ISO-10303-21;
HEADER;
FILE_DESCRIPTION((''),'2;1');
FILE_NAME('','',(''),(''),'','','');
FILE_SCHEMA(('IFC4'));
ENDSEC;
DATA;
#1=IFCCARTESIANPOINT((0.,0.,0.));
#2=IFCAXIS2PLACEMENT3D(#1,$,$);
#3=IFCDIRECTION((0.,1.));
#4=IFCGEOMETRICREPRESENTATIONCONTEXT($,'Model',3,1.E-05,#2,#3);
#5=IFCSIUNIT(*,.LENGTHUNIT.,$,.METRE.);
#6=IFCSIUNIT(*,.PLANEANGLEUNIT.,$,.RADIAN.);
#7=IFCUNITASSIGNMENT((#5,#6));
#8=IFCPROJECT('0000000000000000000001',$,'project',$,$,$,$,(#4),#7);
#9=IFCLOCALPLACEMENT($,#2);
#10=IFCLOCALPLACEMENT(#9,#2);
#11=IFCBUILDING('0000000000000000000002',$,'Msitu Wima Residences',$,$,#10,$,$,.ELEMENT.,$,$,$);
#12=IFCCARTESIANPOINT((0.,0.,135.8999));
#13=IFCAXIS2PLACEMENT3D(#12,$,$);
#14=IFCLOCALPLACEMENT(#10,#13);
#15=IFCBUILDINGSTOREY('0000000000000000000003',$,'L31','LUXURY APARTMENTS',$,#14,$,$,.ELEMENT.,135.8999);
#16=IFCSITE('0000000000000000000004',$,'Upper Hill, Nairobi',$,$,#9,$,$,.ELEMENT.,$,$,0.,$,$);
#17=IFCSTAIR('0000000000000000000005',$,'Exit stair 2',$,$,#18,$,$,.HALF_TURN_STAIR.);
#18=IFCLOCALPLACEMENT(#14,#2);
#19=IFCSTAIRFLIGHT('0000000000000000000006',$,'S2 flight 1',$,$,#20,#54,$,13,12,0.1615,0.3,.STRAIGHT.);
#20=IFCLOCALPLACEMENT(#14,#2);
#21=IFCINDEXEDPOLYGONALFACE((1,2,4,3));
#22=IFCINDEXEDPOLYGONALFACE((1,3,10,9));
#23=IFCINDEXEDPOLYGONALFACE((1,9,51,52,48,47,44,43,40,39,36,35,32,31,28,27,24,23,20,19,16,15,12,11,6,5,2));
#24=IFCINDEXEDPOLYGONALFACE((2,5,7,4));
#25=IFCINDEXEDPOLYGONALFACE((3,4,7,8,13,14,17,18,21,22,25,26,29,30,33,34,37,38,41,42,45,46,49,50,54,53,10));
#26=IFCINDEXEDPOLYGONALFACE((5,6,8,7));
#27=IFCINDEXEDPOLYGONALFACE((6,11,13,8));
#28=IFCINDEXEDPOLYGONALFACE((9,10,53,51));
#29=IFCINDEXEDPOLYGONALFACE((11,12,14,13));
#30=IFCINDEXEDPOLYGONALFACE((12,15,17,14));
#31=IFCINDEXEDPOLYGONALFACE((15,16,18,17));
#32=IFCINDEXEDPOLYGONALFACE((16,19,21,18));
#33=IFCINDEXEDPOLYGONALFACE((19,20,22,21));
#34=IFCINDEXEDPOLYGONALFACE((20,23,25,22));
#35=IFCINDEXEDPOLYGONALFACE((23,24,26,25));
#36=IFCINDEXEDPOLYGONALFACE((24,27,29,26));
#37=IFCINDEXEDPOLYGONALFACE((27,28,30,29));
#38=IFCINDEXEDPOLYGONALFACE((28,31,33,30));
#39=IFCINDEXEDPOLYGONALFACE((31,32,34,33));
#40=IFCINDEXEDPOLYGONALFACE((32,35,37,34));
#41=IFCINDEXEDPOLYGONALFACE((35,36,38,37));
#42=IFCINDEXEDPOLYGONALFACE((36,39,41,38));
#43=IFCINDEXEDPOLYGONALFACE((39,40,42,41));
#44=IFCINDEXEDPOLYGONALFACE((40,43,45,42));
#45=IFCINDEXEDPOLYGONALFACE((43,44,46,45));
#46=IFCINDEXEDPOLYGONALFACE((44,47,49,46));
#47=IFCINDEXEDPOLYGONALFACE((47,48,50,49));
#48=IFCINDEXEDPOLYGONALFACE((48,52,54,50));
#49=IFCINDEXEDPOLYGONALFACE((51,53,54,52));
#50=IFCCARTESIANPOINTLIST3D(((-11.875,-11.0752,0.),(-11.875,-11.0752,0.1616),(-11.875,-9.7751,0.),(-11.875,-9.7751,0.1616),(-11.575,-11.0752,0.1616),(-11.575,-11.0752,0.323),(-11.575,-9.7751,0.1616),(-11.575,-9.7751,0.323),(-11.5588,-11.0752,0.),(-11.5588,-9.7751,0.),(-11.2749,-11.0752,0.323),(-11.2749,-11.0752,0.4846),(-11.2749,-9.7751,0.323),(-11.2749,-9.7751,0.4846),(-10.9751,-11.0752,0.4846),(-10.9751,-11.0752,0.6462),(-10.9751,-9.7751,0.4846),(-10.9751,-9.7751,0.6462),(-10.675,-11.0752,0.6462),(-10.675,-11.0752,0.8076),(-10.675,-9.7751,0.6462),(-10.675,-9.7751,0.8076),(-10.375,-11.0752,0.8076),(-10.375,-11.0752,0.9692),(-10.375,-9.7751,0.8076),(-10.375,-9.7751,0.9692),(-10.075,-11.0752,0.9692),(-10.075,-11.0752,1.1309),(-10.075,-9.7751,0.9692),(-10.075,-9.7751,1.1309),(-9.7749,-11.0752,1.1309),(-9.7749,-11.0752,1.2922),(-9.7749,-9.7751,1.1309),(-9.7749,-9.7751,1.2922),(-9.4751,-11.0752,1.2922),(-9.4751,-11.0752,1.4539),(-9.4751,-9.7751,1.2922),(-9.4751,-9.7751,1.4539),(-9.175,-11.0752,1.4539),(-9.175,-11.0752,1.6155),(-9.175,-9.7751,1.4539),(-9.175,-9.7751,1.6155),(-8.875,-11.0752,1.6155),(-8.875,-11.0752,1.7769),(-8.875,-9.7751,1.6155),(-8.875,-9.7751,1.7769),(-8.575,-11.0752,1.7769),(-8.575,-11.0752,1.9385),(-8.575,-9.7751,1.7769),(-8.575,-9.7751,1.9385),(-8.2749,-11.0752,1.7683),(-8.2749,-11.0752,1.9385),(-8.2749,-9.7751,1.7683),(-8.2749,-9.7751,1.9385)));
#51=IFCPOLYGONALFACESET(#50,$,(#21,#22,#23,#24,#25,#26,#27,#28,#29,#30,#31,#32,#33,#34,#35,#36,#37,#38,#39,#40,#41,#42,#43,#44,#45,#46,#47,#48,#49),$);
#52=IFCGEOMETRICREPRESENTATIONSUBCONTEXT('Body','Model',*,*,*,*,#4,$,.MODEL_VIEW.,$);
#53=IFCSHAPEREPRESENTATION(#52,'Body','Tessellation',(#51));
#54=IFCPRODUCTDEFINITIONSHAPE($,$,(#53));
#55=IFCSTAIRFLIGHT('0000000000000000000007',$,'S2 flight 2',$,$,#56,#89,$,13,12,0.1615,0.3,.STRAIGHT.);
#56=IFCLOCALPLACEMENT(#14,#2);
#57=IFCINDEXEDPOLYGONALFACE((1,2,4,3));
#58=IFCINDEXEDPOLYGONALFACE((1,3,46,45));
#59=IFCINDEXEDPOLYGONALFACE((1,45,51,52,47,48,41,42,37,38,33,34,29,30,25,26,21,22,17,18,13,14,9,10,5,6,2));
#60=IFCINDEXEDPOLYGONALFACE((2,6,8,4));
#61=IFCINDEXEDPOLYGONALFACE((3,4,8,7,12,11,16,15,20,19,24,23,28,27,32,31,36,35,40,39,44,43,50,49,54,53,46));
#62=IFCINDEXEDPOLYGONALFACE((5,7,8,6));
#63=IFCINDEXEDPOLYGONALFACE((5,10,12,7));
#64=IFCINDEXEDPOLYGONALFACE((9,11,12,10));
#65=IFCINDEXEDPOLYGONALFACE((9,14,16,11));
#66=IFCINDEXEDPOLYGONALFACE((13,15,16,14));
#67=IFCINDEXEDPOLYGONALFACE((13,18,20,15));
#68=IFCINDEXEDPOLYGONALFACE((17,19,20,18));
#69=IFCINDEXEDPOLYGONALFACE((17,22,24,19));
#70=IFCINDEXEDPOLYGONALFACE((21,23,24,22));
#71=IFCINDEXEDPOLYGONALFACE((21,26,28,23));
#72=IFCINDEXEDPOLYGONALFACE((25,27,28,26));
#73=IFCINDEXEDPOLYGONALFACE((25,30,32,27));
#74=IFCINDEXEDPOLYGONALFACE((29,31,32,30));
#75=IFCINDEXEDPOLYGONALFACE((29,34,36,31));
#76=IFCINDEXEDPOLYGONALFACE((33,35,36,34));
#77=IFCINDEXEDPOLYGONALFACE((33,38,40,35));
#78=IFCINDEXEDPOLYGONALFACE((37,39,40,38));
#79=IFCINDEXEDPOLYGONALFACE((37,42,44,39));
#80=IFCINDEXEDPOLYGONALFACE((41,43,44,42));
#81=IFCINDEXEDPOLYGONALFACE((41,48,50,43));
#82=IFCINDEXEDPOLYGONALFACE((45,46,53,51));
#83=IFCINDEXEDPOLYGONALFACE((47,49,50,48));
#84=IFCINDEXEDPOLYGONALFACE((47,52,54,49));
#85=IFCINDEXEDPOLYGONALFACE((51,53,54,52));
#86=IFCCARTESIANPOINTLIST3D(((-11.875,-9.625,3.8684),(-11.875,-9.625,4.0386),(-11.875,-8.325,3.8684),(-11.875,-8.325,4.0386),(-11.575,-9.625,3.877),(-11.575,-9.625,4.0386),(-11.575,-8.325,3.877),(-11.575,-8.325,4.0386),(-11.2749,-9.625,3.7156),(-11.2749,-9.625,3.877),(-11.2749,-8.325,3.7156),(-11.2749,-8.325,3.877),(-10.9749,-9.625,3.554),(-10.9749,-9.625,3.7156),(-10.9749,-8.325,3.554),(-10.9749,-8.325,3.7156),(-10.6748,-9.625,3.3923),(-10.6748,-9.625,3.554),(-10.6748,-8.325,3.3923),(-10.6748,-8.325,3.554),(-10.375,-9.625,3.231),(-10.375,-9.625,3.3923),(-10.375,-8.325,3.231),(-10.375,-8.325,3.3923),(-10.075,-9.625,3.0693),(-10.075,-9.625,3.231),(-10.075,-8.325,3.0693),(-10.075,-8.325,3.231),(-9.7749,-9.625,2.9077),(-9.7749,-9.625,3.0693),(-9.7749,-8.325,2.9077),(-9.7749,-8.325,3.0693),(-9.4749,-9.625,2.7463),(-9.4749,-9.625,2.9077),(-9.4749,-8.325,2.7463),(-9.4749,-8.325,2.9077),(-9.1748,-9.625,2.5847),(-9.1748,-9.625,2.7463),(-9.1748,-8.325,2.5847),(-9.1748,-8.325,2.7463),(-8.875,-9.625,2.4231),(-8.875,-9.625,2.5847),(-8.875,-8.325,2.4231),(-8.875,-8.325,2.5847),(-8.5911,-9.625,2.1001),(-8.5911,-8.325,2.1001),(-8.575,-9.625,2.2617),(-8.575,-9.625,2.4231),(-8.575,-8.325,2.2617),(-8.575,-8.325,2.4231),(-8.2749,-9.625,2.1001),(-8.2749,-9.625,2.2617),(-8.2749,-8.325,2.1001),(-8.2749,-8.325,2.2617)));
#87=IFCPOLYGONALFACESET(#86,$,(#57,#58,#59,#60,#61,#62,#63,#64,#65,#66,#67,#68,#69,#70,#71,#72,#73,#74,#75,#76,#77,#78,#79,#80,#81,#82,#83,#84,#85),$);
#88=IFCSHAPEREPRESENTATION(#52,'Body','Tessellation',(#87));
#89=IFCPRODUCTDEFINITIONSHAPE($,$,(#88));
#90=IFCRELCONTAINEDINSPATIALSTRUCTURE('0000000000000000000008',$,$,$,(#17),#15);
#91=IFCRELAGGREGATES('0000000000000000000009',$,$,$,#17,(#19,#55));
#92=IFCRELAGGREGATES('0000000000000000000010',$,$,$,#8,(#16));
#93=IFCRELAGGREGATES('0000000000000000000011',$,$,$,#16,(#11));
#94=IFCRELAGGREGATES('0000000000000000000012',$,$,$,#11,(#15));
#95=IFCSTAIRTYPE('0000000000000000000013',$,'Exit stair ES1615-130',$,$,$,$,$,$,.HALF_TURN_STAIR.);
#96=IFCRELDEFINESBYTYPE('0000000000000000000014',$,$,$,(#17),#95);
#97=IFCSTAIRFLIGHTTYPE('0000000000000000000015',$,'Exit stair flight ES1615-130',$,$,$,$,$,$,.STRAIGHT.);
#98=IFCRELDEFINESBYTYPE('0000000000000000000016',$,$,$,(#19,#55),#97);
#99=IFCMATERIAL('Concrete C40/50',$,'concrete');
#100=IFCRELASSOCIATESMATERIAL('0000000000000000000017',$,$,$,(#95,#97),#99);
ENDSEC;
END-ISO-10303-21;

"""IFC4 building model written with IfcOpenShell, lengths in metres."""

from ifc_helpers import new_model, si_unit, direction, frame, origin, place, context, subcontext, project, spatial, polyline, outline, extrude, material, type_object, element, aggregate, save


model = new_model("IFC4")

# Units and contexts
model_context = context("Model", 3, precision=1e-05, world=origin(), true_north=direction((0.0, 1.0)))
body_context = subcontext(model_context, "Body", "Model", "MODEL_VIEW")
ifc_project = project(units=[si_unit("LENGTHUNIT", "METRE"), si_unit("PLANEANGLEUNIT", "RADIAN")], contexts=[model_context])

# Site, building, storey
site_placement = place(None, origin())
site = spatial("IfcSite", under=ifc_project, at=site_placement, Name="Upper Hill, Nairobi", CompositionType="ELEMENT", RefElevation=0.0)
building_placement = place(site_placement, origin())
building = spatial("IfcBuilding", under=site, at=building_placement, Name="Msitu Wima Residences", CompositionType="ELEMENT")
storey_placement = place(building_placement, frame((0.0, 0.0, 135.8999)))
storey = spatial("IfcBuildingStorey", under=building, at=storey_placement, Name="L31", Description="LUXURY APARTMENTS", CompositionType="ELEMENT", Elevation=135.8999)

# Stair, stair flights
ifc_material_1 = material(Name="Concrete C40/50", Category="concrete")
stair_type = type_object("IfcStairType", Name="Exit stair ES1615-130", PredefinedType="HALF_TURN_STAIR", material=ifc_material_1)
stair_placement = place(storey_placement, origin())
stair = element("IfcStair", 1, at=stair_placement, inside=storey, type_object=stair_type, Name="Exit stair 2", PredefinedType="HALF_TURN_STAIR")
stair_flight_type = type_object("IfcStairFlightType", Name="Exit stair flight ES1615-130", PredefinedType="STRAIGHT", material=ifc_material_1)
stair_flight_1_placement = place(storey_placement, frame((-11.875, -10.425, 0.0), z_axis=(0.0, 0.0, 1.0), x_axis=(1.0, 0.0, 0.0)))
stair_flight_1 = element("IfcStairFlight", 2, at=stair_flight_1_placement, type_object=stair_flight_type, Name="S2 flight 1", NumberOfRisers=13, NumberOfTreads=12, PredefinedType="STRAIGHT", RiserHeight=0.1615, TreadLength=0.3, context=body_context, shape_type="SweptSolid", body=[
    extrude(outline(polyline([(0.0, 0.0), (0.0, 0.1616), (0.3, 0.1616), (0.3, 0.323), (0.6001, 0.323), (0.6001, 0.4846), (0.8999, 0.4846), (0.8999, 0.6462), (1.2, 0.6462), (1.2, 0.8076), (1.5, 0.8076), (1.5, 0.9692), (1.8, 0.9692), (1.8, 1.1309), (2.1001, 1.1309), (2.1001, 1.2922), (2.3999, 1.2922), (2.3999, 1.4539), (2.7, 1.4539), (2.7, 1.6155), (3.0, 1.6155), (3.0, 1.7769), (3.3, 1.7769), (3.3, 1.9385), (3.6001, 1.9385), (3.6001, 2.1001), (3.6001, 1.7683), (0.3162, 0.0), (0.0, 0.0)])), frame((0.0, 0.6499, 0.0), z_axis=(0.0, -1.0, 0.0), x_axis=(1.0, 0.0, 0.0)), (0.0, 0.0, 1.0), 1.3),
])
stair_flight_2_placement = place(storey_placement, frame((-8.2749, -8.9751, 2.1001), z_axis=(0.0, 0.0, 1.0), x_axis=(-1.0, 0.0, 0.0)))
stair_flight_2 = element("IfcStairFlight", 3, at=stair_flight_2_placement, type_object=stair_flight_type, Name="S2 flight 2", NumberOfRisers=13, NumberOfTreads=12, PredefinedType="STRAIGHT", RiserHeight=0.1615, TreadLength=0.3, context=body_context, shape_type="SweptSolid", body=[
    extrude(outline(polyline([(0.0, 0.0), (0.0, 0.1616), (0.3, 0.1616), (0.3, 0.323), (0.6001, 0.323), (0.6001, 0.4846), (0.8999, 0.4846), (0.8999, 0.6462), (1.2, 0.6462), (1.2, 0.8076), (1.5, 0.8076), (1.5, 0.9692), (1.8, 0.9692), (1.8, 1.1309), (2.1001, 1.1309), (2.1001, 1.2922), (2.3999, 1.2922), (2.3999, 1.4539), (2.7, 1.4539), (2.7, 1.6155), (3.0, 1.6155), (3.0, 1.7769), (3.3, 1.7769), (3.3, 1.9385), (3.6001, 1.9385), (3.6001, 2.1001), (3.6001, 1.7683), (0.3162, 0.0), (0.0, 0.0)])), frame((0.0, 0.6499, 0.0), z_axis=(0.0, -1.0, 0.0), x_axis=(1.0, 0.0, 0.0)), (0.0, 0.0, 1.0), 1.3),
])
aggregate(stair, [stair_flight_1, stair_flight_2])

save(model, "model.ifc")
